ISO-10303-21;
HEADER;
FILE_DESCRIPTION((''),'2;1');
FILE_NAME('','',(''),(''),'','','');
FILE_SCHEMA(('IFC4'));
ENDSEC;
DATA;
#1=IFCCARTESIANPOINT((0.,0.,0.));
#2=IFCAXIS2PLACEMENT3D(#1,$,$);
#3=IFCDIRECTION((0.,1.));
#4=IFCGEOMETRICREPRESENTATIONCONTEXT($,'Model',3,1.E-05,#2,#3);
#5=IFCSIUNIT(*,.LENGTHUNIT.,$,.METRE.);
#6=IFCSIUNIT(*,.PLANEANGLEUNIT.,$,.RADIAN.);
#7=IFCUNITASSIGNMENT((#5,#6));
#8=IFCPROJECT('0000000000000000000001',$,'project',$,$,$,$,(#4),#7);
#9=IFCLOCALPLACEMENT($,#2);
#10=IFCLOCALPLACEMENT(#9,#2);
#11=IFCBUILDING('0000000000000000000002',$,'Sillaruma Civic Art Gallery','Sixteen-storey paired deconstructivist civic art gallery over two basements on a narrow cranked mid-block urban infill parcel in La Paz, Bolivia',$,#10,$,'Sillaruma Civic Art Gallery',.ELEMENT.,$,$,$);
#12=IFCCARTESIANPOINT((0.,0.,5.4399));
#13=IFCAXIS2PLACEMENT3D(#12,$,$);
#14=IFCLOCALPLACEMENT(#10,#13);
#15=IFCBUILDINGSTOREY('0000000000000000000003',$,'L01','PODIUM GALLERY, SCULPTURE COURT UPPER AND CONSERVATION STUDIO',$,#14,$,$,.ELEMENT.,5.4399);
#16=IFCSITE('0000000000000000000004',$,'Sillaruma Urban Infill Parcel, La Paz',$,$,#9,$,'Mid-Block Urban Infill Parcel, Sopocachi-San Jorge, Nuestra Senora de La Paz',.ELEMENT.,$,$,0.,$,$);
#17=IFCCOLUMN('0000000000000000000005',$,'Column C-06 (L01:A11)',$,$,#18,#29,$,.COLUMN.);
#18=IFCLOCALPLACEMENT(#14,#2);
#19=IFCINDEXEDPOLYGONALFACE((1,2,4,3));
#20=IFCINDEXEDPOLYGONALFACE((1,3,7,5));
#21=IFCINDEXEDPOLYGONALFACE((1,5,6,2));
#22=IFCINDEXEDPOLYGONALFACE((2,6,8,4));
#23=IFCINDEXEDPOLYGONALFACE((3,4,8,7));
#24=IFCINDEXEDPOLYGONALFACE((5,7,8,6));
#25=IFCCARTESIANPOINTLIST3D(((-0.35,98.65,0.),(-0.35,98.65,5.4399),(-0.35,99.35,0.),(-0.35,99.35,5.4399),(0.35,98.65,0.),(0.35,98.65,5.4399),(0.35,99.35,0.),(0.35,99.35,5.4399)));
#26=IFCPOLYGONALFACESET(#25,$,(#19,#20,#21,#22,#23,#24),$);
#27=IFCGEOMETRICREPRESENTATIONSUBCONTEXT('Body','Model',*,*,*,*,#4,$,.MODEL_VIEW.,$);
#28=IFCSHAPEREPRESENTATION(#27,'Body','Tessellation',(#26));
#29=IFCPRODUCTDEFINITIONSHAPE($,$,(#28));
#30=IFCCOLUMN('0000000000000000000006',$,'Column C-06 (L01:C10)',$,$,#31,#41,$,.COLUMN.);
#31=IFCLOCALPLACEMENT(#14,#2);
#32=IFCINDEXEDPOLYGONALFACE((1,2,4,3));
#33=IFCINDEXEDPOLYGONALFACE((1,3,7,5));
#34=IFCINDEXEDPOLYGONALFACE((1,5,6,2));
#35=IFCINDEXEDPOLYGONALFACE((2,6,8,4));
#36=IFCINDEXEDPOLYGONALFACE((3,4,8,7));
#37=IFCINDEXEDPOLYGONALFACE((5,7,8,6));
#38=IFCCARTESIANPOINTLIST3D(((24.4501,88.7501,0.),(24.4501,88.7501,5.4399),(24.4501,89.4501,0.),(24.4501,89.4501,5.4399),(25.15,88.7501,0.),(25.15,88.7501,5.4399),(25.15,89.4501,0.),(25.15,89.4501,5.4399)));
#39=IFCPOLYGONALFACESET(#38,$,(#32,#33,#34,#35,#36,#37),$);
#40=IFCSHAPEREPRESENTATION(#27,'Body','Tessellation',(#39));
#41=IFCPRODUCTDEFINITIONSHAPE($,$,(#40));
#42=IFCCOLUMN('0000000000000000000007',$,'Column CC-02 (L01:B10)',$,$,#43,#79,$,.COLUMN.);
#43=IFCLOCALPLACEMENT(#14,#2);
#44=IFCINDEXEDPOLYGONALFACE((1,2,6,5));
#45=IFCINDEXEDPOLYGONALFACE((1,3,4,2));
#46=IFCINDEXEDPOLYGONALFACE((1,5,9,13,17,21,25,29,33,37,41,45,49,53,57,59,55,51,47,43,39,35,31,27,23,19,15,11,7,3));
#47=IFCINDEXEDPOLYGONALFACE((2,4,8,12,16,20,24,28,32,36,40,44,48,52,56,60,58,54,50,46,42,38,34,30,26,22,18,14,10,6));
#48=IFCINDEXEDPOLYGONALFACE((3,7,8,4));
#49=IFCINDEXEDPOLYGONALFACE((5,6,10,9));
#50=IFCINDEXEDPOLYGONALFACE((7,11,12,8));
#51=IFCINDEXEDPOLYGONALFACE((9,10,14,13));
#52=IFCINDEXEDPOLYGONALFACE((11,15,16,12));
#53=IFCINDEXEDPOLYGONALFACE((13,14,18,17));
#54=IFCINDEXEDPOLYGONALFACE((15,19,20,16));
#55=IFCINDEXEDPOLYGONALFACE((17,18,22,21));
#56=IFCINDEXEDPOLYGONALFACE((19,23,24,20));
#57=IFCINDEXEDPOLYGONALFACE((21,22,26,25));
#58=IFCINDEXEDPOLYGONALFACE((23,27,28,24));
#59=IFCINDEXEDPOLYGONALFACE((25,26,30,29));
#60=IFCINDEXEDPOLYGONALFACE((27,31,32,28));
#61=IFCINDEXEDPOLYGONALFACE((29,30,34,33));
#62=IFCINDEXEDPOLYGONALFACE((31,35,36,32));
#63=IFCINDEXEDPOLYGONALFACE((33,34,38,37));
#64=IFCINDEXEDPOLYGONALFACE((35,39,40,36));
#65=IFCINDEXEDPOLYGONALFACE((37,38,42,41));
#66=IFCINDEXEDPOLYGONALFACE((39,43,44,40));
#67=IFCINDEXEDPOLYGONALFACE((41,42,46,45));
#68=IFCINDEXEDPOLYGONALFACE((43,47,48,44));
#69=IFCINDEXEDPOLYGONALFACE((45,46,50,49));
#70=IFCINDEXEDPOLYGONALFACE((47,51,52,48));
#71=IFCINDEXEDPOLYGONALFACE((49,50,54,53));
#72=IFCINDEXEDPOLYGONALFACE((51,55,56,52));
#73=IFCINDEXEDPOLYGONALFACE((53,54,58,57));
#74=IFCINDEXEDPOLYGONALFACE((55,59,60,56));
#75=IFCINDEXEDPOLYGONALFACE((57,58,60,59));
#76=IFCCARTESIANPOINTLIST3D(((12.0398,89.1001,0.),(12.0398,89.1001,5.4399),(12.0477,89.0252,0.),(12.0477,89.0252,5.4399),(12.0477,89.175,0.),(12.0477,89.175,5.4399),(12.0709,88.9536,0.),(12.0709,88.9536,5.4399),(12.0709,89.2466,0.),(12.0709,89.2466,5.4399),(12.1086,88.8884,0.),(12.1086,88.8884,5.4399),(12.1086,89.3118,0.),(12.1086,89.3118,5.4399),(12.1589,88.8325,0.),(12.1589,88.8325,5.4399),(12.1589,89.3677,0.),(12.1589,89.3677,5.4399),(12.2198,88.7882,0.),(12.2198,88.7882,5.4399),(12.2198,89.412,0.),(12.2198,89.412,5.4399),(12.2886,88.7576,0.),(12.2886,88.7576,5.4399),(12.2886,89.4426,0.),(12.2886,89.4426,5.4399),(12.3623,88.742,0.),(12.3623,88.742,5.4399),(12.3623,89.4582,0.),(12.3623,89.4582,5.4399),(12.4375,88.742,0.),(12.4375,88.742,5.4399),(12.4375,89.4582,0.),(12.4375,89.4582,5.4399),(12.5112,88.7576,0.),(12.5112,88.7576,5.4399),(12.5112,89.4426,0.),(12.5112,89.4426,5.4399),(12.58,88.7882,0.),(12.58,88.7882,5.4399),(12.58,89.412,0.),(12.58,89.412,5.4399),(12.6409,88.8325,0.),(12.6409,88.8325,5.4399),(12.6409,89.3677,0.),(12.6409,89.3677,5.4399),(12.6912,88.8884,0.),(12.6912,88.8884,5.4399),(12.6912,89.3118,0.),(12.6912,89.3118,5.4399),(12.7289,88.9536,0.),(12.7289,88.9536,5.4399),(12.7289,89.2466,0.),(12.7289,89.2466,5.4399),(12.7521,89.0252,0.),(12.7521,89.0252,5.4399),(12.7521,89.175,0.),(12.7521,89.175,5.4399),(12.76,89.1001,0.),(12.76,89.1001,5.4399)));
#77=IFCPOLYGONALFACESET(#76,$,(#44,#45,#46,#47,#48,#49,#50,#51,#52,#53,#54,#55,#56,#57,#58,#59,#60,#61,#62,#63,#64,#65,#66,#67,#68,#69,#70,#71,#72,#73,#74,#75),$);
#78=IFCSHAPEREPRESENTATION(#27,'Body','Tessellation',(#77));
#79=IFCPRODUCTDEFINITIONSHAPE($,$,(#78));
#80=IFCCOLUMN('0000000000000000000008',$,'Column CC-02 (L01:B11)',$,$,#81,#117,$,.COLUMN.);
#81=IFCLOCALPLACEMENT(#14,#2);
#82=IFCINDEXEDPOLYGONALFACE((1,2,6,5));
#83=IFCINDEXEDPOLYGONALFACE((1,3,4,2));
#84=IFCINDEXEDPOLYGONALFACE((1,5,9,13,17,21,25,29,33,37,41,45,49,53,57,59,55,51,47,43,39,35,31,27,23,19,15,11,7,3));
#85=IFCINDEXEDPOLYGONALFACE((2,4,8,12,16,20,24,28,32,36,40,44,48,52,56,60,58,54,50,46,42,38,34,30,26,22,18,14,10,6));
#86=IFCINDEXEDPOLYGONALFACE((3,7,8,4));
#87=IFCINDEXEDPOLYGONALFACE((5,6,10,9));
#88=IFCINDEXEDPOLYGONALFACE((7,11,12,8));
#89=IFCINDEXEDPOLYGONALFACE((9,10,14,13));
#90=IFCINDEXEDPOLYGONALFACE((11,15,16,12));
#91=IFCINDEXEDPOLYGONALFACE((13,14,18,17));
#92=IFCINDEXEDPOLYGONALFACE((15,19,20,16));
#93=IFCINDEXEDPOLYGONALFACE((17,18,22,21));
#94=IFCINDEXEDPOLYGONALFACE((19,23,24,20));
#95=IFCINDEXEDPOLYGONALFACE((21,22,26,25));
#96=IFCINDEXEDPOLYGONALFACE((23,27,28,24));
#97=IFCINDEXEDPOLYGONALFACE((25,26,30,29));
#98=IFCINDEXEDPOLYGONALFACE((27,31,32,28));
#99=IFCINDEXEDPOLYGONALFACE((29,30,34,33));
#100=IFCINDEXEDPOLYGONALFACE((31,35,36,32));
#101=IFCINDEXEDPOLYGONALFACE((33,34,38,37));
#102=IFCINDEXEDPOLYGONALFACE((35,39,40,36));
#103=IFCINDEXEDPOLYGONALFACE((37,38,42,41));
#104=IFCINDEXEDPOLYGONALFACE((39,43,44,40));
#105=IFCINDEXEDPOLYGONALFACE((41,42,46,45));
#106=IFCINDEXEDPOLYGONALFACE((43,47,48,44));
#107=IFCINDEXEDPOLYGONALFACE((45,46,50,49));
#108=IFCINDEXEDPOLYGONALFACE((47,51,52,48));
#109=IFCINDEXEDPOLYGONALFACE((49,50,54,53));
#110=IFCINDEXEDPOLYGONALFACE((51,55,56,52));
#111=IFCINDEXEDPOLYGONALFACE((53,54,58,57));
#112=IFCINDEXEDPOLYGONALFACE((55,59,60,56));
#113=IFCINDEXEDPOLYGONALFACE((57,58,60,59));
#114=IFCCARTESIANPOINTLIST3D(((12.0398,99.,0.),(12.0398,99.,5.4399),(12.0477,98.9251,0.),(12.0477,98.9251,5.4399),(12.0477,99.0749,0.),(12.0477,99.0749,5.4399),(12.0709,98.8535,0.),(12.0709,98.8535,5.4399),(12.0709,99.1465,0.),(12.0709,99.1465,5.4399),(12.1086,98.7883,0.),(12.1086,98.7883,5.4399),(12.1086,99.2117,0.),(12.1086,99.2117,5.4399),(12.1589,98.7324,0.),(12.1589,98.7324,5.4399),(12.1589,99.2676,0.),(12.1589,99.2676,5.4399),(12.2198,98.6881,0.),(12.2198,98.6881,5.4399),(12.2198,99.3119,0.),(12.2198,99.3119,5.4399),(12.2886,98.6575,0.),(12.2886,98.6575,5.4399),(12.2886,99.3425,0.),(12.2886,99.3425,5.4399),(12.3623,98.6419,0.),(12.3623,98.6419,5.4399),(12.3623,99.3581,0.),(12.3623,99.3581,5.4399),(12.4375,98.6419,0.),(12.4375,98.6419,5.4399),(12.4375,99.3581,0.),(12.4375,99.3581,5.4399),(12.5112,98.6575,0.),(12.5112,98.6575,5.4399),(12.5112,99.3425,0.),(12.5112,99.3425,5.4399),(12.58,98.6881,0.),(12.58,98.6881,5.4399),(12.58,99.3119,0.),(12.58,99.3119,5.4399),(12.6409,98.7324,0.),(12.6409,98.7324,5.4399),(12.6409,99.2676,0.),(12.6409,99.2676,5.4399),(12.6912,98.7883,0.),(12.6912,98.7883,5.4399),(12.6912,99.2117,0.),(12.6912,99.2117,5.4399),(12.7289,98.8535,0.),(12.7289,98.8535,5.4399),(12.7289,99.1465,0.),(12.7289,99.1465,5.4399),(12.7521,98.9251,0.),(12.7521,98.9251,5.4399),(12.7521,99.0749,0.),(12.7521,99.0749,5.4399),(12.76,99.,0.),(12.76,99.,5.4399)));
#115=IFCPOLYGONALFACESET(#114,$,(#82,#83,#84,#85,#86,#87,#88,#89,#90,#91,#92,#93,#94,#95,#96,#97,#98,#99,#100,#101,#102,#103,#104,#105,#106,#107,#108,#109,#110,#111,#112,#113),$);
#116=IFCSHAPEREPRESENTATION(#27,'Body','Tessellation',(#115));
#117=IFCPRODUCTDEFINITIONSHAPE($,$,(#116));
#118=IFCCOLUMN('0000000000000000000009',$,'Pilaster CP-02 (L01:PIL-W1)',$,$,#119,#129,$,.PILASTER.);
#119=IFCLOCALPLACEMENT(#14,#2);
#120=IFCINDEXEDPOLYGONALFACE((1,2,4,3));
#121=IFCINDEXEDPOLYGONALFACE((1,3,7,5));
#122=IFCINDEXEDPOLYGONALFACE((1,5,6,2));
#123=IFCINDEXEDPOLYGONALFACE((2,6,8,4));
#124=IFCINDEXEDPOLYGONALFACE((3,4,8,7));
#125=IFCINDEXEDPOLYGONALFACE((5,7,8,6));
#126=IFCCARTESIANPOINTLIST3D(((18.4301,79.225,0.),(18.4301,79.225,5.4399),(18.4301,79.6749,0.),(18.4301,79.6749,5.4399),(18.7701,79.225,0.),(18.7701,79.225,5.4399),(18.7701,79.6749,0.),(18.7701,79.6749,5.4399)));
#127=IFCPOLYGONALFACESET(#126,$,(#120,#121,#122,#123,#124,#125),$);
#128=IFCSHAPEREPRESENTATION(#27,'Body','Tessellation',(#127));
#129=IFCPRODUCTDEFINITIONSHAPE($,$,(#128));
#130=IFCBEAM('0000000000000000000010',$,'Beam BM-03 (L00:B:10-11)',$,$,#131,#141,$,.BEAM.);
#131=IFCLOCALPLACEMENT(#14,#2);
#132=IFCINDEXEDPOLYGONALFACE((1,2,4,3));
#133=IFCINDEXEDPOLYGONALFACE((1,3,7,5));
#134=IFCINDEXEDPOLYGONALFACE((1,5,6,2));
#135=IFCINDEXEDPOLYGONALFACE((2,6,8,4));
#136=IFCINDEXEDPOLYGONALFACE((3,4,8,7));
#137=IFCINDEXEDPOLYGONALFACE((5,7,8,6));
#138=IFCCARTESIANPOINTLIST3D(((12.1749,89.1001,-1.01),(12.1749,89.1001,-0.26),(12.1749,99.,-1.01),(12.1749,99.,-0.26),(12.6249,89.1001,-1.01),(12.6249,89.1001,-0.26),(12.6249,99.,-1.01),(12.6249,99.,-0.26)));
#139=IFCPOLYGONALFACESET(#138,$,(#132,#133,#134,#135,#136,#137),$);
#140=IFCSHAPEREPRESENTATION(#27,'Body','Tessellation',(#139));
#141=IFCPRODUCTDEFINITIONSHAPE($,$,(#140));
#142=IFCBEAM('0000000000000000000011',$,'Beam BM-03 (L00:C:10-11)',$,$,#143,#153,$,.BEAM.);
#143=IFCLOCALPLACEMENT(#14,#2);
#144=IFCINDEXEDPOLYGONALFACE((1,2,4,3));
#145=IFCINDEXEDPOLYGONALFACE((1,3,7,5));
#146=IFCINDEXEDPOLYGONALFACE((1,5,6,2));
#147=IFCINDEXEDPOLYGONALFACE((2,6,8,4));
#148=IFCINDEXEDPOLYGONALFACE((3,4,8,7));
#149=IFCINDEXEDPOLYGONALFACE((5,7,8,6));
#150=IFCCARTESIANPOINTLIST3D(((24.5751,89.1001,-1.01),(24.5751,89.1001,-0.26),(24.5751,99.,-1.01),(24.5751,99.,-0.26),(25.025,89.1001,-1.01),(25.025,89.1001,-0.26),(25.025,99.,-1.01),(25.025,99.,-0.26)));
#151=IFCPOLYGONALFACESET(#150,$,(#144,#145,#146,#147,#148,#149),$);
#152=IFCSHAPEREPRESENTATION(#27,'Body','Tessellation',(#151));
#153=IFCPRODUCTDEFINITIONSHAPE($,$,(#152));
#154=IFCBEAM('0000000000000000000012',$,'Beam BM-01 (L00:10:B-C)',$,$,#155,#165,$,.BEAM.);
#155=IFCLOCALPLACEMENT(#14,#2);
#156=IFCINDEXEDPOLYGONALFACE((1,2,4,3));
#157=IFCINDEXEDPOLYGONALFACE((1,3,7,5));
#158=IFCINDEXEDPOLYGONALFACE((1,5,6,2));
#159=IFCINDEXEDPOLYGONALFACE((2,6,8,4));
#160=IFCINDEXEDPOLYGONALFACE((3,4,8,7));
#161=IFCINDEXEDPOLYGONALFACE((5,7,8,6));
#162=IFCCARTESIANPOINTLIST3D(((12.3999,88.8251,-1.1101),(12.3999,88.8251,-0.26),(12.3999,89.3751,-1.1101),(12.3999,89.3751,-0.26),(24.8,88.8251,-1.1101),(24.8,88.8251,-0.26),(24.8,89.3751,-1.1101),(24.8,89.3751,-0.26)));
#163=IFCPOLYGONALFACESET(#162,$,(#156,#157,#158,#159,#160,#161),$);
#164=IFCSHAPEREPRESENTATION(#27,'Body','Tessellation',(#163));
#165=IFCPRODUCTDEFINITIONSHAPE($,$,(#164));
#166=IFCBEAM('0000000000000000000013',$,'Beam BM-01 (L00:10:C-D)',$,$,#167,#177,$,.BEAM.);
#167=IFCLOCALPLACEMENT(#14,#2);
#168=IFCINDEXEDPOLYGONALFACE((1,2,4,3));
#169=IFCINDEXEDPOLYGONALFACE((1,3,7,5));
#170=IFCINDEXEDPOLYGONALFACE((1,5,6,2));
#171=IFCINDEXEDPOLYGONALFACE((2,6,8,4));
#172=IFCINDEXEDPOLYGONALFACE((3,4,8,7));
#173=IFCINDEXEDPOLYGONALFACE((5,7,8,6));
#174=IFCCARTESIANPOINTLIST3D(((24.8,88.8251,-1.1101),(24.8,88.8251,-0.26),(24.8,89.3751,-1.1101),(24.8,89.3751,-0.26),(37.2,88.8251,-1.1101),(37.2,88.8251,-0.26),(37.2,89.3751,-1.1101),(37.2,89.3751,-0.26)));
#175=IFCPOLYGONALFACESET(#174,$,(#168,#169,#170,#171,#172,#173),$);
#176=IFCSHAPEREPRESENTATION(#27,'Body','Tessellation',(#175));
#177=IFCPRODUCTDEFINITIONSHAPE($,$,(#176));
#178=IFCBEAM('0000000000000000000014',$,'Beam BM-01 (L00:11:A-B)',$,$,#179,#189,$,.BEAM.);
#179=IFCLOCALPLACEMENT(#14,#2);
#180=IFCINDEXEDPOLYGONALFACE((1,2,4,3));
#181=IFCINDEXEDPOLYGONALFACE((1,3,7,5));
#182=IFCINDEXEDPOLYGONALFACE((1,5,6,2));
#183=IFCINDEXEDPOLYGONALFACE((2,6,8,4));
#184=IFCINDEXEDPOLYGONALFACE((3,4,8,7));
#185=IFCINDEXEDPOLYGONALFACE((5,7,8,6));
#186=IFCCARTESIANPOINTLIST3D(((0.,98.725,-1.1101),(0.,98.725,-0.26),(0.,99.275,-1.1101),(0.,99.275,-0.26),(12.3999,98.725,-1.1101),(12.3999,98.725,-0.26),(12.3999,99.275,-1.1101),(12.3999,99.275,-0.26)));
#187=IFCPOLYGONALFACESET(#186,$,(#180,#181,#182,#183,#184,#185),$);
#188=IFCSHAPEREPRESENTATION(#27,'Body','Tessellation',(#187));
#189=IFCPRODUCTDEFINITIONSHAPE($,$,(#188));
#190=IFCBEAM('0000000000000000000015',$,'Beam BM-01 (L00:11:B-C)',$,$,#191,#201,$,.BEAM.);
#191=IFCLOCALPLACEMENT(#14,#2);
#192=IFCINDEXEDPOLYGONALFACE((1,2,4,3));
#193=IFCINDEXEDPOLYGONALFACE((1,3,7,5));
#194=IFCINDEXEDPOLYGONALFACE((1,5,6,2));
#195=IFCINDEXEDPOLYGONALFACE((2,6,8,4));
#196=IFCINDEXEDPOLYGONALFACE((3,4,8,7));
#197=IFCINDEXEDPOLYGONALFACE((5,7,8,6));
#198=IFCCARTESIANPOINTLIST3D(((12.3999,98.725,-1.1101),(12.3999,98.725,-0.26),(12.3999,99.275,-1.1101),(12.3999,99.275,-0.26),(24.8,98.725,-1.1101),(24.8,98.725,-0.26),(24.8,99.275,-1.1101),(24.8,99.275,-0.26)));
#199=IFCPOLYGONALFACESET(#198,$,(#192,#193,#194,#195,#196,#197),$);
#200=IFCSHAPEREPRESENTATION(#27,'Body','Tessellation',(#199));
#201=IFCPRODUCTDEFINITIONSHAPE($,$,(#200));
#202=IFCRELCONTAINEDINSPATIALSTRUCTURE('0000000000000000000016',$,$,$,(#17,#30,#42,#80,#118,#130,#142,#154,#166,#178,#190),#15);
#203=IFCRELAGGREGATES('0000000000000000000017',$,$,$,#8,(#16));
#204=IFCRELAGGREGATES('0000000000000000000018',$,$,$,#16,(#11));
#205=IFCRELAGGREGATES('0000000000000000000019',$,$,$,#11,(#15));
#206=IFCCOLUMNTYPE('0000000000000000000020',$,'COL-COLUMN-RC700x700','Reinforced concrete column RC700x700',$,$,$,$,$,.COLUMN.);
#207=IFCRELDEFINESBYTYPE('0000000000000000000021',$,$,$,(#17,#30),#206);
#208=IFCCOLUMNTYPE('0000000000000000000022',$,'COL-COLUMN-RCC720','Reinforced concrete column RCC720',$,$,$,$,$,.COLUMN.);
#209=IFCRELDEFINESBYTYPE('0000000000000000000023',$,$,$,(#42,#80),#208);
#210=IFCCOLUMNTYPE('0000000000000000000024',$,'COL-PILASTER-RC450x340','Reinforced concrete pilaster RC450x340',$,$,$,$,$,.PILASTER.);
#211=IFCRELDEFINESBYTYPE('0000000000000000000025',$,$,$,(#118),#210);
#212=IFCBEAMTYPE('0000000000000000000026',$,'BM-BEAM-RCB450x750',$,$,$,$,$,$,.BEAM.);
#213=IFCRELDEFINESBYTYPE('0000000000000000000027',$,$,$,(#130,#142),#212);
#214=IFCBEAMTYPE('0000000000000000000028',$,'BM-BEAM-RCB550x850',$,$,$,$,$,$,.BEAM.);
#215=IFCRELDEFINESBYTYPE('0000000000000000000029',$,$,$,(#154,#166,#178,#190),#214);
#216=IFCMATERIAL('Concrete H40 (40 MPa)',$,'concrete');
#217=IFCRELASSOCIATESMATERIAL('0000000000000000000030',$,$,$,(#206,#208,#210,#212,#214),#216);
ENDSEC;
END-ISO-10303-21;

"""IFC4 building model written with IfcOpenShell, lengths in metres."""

from ifc_helpers import new_model, si_unit, direction, frame, origin, origin_2d, place, context, subcontext, project, spatial, rectangle, circle, extrude, material, material_profile, profile_set, type_object, element, save


model = new_model("IFC4")

# Units and contexts
model_context = context("Model", 3, precision=1e-05, world=origin(), true_north=direction((0.0, 1.0)))
body_context = subcontext(model_context, "Body", "Model", "MODEL_VIEW")
ifc_project = project(units=[si_unit("LENGTHUNIT", "METRE"), si_unit("PLANEANGLEUNIT", "RADIAN")], contexts=[model_context])

# Site, building, storey
site_placement = place(None, origin())
site = spatial("IfcSite", under=ifc_project, at=site_placement, Name="Sillaruma Urban Infill Parcel, La Paz", LongName="Mid-Block Urban Infill Parcel, Sopocachi-San Jorge, Nuestra Senora de La Paz", CompositionType="ELEMENT", RefElevation=0.0)
building_placement = place(site_placement, origin())
building = spatial("IfcBuilding", under=site, at=building_placement, Name="Sillaruma Civic Art Gallery", Description="Sixteen-storey paired deconstructivist civic art gallery over two basements on a narrow cranked mid-block urban infill parcel in La Paz, Bolivia", LongName="Sillaruma Civic Art Gallery", CompositionType="ELEMENT")
storey_placement = place(building_placement, frame((0.0, 0.0, 5.4399)))
storey = spatial("IfcBuildingStorey", under=building, at=storey_placement, Name="L01", Description="PODIUM GALLERY, SCULPTURE COURT UPPER AND CONSERVATION STUDIO", CompositionType="ELEMENT", Elevation=5.4399)

# Columns
ifc_material_1 = material(Name="Concrete H40 (40 MPa)", Category="concrete")
ifc_material_profile_1 = material_profile(ifc_material_1, rectangle(XDim=0.7, YDim=0.7, at=origin_2d()), Name="RC700x700")
ifc_profile_set_1 = profile_set([ifc_material_profile_1], Name="Concrete H40 (40 MPa)")
column_type_1 = type_object("IfcColumnType", Name="COL-COLUMN-RC700x700", Description="Reinforced concrete column RC700x700", PredefinedType="COLUMN", material=ifc_profile_set_1)
for number, where, z_axis, x_axis, name in (
    (1, (0.0, 99.0, 0.0), (0.0, 0.0, 1.0), (1.0, 0.0, 0.0), "Column C-06 (L01:A11)"),
    (2, (24.8, 89.1001, 0.0), (0.0, 0.0, 1.0), (1.0, 0.0, 0.0), "Column C-06 (L01:C10)"),
):
    element("IfcColumn", number, at=place(storey_placement, frame(where, z_axis=z_axis, x_axis=x_axis)), inside=storey, type_object=column_type_1, Name=name, PredefinedType="COLUMN", context=body_context, shape_type="SweptSolid", body=[
        extrude(rectangle(XDim=0.7, YDim=0.7, at=origin_2d()), origin(), (0.0, 0.0, 1.0), 5.4399),
    ])
ifc_material_profile_2 = material_profile(ifc_material_1, circle(Radius=0.3601, at=origin_2d()), Name="RCC720")
ifc_profile_set_2 = profile_set([ifc_material_profile_2], Name="Concrete H40 (40 MPa)")
column_type_2 = type_object("IfcColumnType", Name="COL-COLUMN-RCC720", Description="Reinforced concrete column RCC720", PredefinedType="COLUMN", material=ifc_profile_set_2)
for number, where, z_axis, x_axis, name in (
    (3, (12.3999, 89.1001, 0.0), (0.0, 0.0, 1.0), (1.0, 0.0, 0.0), "Column CC-02 (L01:B10)"),
    (4, (12.3999, 99.0, 0.0), (0.0, 0.0, 1.0), (1.0, 0.0, 0.0), "Column CC-02 (L01:B11)"),
):
    element("IfcColumn", number, at=place(storey_placement, frame(where, z_axis=z_axis, x_axis=x_axis)), inside=storey, type_object=column_type_2, Name=name, PredefinedType="COLUMN", context=body_context, shape_type="SweptSolid", body=[
        extrude(circle(Radius=0.3601, at=origin_2d()), origin(), (0.0, 0.0, 1.0), 5.4399),
    ])
ifc_material_profile_3 = material_profile(ifc_material_1, rectangle(XDim=0.3401, YDim=0.45, at=origin_2d()), Name="RC450x340")
ifc_profile_set_3 = profile_set([ifc_material_profile_3], Name="Concrete H40 (40 MPa)")
column_type_3 = type_object("IfcColumnType", Name="COL-PILASTER-RC450x340", Description="Reinforced concrete pilaster RC450x340", PredefinedType="PILASTER", material=ifc_profile_set_3)
column_placement = place(storey_placement, frame((18.6001, 79.45, 0.0), z_axis=(0.0, 0.0, 1.0), x_axis=(1.0, 0.0, 0.0)))
element("IfcColumn", 5, at=column_placement, inside=storey, type_object=column_type_3, Name="Pilaster CP-02 (L01:PIL-W1)", PredefinedType="PILASTER", context=body_context, shape_type="SweptSolid", body=[
    extrude(rectangle(XDim=0.3401, YDim=0.45, at=origin_2d()), origin(), (0.0, 0.0, 1.0), 5.4399),
])

# Beams
ifc_material_profile_4 = material_profile(ifc_material_1, rectangle(XDim=0.45, YDim=0.75, at=origin_2d()), Name="RCB450x750")
ifc_profile_set_4 = profile_set([ifc_material_profile_4], Name="Concrete H40 (40 MPa)")
beam_type_1 = type_object("IfcBeamType", Name="BM-BEAM-RCB450x750", PredefinedType="BEAM", material=ifc_profile_set_4)
for number, where, z_axis, x_axis, name in (
    (6, (12.3999, 89.1001, -0.635), (0.0, 1.0, 0.0), (-1.0, 0.0, 0.0), "Beam BM-03 (L00:B:10-11)"),
    (7, (24.8, 89.1001, -0.635), (0.0, 1.0, 0.0), (-1.0, 0.0, 0.0), "Beam BM-03 (L00:C:10-11)"),
):
    element("IfcBeam", number, at=place(storey_placement, frame(where, z_axis=z_axis, x_axis=x_axis)), inside=storey, type_object=beam_type_1, Name=name, PredefinedType="BEAM", context=body_context, shape_type="SweptSolid", body=[
        extrude(rectangle(XDim=0.45, YDim=0.75, at=origin_2d()), origin(), (0.0, 0.0, 1.0), 9.8999),
    ])
ifc_material_profile_5 = material_profile(ifc_material_1, rectangle(XDim=0.55, YDim=0.8501, at=origin_2d()), Name="RCB550x850")
ifc_profile_set_5 = profile_set([ifc_material_profile_5], Name="Concrete H40 (40 MPa)")
beam_type_2 = type_object("IfcBeamType", Name="BM-BEAM-RCB550x850", PredefinedType="BEAM", material=ifc_profile_set_5)
beam_1_placement = place(storey_placement, frame((12.3999, 89.1001, -0.6851), z_axis=(1.0, 0.0, 0.0), x_axis=(0.0, 1.0, 0.0)))
element("IfcBeam", 8, at=beam_1_placement, inside=storey, type_object=beam_type_2, Name="Beam BM-01 (L00:10:B-C)", PredefinedType="BEAM", context=body_context, shape_type="SweptSolid", body=[
    extrude(rectangle(XDim=0.55, YDim=0.8501, at=origin_2d()), origin(), (0.0, 0.0, 1.0), 12.4001),
])
for number, where, z_axis, x_axis, name in (
    (9, (24.8, 89.1001, -0.6851), (1.0, 0.0, 0.0), (0.0, 1.0, 0.0), "Beam BM-01 (L00:10:C-D)"),
    (10, (0.0, 99.0, -0.6851), (1.0, 0.0, 0.0), (0.0, 1.0, 0.0), "Beam BM-01 (L00:11:A-B)"),
):
    element("IfcBeam", number, at=place(storey_placement, frame(where, z_axis=z_axis, x_axis=x_axis)), inside=storey, type_object=beam_type_2, Name=name, PredefinedType="BEAM", context=body_context, shape_type="SweptSolid", body=[
        extrude(rectangle(XDim=0.55, YDim=0.8501, at=origin_2d()), origin(), (0.0, 0.0, 1.0), 12.3999),
    ])
beam_2_placement = place(storey_placement, frame((12.3999, 99.0, -0.6851), z_axis=(1.0, 0.0, 0.0), x_axis=(0.0, 1.0, 0.0)))
element("IfcBeam", 11, at=beam_2_placement, inside=storey, type_object=beam_type_2, Name="Beam BM-01 (L00:11:B-C)", PredefinedType="BEAM", context=body_context, shape_type="SweptSolid", body=[
    extrude(rectangle(XDim=0.55, YDim=0.8501, at=origin_2d()), origin(), (0.0, 0.0, 1.0), 12.4001),
])

save(model, "model.ifc")
